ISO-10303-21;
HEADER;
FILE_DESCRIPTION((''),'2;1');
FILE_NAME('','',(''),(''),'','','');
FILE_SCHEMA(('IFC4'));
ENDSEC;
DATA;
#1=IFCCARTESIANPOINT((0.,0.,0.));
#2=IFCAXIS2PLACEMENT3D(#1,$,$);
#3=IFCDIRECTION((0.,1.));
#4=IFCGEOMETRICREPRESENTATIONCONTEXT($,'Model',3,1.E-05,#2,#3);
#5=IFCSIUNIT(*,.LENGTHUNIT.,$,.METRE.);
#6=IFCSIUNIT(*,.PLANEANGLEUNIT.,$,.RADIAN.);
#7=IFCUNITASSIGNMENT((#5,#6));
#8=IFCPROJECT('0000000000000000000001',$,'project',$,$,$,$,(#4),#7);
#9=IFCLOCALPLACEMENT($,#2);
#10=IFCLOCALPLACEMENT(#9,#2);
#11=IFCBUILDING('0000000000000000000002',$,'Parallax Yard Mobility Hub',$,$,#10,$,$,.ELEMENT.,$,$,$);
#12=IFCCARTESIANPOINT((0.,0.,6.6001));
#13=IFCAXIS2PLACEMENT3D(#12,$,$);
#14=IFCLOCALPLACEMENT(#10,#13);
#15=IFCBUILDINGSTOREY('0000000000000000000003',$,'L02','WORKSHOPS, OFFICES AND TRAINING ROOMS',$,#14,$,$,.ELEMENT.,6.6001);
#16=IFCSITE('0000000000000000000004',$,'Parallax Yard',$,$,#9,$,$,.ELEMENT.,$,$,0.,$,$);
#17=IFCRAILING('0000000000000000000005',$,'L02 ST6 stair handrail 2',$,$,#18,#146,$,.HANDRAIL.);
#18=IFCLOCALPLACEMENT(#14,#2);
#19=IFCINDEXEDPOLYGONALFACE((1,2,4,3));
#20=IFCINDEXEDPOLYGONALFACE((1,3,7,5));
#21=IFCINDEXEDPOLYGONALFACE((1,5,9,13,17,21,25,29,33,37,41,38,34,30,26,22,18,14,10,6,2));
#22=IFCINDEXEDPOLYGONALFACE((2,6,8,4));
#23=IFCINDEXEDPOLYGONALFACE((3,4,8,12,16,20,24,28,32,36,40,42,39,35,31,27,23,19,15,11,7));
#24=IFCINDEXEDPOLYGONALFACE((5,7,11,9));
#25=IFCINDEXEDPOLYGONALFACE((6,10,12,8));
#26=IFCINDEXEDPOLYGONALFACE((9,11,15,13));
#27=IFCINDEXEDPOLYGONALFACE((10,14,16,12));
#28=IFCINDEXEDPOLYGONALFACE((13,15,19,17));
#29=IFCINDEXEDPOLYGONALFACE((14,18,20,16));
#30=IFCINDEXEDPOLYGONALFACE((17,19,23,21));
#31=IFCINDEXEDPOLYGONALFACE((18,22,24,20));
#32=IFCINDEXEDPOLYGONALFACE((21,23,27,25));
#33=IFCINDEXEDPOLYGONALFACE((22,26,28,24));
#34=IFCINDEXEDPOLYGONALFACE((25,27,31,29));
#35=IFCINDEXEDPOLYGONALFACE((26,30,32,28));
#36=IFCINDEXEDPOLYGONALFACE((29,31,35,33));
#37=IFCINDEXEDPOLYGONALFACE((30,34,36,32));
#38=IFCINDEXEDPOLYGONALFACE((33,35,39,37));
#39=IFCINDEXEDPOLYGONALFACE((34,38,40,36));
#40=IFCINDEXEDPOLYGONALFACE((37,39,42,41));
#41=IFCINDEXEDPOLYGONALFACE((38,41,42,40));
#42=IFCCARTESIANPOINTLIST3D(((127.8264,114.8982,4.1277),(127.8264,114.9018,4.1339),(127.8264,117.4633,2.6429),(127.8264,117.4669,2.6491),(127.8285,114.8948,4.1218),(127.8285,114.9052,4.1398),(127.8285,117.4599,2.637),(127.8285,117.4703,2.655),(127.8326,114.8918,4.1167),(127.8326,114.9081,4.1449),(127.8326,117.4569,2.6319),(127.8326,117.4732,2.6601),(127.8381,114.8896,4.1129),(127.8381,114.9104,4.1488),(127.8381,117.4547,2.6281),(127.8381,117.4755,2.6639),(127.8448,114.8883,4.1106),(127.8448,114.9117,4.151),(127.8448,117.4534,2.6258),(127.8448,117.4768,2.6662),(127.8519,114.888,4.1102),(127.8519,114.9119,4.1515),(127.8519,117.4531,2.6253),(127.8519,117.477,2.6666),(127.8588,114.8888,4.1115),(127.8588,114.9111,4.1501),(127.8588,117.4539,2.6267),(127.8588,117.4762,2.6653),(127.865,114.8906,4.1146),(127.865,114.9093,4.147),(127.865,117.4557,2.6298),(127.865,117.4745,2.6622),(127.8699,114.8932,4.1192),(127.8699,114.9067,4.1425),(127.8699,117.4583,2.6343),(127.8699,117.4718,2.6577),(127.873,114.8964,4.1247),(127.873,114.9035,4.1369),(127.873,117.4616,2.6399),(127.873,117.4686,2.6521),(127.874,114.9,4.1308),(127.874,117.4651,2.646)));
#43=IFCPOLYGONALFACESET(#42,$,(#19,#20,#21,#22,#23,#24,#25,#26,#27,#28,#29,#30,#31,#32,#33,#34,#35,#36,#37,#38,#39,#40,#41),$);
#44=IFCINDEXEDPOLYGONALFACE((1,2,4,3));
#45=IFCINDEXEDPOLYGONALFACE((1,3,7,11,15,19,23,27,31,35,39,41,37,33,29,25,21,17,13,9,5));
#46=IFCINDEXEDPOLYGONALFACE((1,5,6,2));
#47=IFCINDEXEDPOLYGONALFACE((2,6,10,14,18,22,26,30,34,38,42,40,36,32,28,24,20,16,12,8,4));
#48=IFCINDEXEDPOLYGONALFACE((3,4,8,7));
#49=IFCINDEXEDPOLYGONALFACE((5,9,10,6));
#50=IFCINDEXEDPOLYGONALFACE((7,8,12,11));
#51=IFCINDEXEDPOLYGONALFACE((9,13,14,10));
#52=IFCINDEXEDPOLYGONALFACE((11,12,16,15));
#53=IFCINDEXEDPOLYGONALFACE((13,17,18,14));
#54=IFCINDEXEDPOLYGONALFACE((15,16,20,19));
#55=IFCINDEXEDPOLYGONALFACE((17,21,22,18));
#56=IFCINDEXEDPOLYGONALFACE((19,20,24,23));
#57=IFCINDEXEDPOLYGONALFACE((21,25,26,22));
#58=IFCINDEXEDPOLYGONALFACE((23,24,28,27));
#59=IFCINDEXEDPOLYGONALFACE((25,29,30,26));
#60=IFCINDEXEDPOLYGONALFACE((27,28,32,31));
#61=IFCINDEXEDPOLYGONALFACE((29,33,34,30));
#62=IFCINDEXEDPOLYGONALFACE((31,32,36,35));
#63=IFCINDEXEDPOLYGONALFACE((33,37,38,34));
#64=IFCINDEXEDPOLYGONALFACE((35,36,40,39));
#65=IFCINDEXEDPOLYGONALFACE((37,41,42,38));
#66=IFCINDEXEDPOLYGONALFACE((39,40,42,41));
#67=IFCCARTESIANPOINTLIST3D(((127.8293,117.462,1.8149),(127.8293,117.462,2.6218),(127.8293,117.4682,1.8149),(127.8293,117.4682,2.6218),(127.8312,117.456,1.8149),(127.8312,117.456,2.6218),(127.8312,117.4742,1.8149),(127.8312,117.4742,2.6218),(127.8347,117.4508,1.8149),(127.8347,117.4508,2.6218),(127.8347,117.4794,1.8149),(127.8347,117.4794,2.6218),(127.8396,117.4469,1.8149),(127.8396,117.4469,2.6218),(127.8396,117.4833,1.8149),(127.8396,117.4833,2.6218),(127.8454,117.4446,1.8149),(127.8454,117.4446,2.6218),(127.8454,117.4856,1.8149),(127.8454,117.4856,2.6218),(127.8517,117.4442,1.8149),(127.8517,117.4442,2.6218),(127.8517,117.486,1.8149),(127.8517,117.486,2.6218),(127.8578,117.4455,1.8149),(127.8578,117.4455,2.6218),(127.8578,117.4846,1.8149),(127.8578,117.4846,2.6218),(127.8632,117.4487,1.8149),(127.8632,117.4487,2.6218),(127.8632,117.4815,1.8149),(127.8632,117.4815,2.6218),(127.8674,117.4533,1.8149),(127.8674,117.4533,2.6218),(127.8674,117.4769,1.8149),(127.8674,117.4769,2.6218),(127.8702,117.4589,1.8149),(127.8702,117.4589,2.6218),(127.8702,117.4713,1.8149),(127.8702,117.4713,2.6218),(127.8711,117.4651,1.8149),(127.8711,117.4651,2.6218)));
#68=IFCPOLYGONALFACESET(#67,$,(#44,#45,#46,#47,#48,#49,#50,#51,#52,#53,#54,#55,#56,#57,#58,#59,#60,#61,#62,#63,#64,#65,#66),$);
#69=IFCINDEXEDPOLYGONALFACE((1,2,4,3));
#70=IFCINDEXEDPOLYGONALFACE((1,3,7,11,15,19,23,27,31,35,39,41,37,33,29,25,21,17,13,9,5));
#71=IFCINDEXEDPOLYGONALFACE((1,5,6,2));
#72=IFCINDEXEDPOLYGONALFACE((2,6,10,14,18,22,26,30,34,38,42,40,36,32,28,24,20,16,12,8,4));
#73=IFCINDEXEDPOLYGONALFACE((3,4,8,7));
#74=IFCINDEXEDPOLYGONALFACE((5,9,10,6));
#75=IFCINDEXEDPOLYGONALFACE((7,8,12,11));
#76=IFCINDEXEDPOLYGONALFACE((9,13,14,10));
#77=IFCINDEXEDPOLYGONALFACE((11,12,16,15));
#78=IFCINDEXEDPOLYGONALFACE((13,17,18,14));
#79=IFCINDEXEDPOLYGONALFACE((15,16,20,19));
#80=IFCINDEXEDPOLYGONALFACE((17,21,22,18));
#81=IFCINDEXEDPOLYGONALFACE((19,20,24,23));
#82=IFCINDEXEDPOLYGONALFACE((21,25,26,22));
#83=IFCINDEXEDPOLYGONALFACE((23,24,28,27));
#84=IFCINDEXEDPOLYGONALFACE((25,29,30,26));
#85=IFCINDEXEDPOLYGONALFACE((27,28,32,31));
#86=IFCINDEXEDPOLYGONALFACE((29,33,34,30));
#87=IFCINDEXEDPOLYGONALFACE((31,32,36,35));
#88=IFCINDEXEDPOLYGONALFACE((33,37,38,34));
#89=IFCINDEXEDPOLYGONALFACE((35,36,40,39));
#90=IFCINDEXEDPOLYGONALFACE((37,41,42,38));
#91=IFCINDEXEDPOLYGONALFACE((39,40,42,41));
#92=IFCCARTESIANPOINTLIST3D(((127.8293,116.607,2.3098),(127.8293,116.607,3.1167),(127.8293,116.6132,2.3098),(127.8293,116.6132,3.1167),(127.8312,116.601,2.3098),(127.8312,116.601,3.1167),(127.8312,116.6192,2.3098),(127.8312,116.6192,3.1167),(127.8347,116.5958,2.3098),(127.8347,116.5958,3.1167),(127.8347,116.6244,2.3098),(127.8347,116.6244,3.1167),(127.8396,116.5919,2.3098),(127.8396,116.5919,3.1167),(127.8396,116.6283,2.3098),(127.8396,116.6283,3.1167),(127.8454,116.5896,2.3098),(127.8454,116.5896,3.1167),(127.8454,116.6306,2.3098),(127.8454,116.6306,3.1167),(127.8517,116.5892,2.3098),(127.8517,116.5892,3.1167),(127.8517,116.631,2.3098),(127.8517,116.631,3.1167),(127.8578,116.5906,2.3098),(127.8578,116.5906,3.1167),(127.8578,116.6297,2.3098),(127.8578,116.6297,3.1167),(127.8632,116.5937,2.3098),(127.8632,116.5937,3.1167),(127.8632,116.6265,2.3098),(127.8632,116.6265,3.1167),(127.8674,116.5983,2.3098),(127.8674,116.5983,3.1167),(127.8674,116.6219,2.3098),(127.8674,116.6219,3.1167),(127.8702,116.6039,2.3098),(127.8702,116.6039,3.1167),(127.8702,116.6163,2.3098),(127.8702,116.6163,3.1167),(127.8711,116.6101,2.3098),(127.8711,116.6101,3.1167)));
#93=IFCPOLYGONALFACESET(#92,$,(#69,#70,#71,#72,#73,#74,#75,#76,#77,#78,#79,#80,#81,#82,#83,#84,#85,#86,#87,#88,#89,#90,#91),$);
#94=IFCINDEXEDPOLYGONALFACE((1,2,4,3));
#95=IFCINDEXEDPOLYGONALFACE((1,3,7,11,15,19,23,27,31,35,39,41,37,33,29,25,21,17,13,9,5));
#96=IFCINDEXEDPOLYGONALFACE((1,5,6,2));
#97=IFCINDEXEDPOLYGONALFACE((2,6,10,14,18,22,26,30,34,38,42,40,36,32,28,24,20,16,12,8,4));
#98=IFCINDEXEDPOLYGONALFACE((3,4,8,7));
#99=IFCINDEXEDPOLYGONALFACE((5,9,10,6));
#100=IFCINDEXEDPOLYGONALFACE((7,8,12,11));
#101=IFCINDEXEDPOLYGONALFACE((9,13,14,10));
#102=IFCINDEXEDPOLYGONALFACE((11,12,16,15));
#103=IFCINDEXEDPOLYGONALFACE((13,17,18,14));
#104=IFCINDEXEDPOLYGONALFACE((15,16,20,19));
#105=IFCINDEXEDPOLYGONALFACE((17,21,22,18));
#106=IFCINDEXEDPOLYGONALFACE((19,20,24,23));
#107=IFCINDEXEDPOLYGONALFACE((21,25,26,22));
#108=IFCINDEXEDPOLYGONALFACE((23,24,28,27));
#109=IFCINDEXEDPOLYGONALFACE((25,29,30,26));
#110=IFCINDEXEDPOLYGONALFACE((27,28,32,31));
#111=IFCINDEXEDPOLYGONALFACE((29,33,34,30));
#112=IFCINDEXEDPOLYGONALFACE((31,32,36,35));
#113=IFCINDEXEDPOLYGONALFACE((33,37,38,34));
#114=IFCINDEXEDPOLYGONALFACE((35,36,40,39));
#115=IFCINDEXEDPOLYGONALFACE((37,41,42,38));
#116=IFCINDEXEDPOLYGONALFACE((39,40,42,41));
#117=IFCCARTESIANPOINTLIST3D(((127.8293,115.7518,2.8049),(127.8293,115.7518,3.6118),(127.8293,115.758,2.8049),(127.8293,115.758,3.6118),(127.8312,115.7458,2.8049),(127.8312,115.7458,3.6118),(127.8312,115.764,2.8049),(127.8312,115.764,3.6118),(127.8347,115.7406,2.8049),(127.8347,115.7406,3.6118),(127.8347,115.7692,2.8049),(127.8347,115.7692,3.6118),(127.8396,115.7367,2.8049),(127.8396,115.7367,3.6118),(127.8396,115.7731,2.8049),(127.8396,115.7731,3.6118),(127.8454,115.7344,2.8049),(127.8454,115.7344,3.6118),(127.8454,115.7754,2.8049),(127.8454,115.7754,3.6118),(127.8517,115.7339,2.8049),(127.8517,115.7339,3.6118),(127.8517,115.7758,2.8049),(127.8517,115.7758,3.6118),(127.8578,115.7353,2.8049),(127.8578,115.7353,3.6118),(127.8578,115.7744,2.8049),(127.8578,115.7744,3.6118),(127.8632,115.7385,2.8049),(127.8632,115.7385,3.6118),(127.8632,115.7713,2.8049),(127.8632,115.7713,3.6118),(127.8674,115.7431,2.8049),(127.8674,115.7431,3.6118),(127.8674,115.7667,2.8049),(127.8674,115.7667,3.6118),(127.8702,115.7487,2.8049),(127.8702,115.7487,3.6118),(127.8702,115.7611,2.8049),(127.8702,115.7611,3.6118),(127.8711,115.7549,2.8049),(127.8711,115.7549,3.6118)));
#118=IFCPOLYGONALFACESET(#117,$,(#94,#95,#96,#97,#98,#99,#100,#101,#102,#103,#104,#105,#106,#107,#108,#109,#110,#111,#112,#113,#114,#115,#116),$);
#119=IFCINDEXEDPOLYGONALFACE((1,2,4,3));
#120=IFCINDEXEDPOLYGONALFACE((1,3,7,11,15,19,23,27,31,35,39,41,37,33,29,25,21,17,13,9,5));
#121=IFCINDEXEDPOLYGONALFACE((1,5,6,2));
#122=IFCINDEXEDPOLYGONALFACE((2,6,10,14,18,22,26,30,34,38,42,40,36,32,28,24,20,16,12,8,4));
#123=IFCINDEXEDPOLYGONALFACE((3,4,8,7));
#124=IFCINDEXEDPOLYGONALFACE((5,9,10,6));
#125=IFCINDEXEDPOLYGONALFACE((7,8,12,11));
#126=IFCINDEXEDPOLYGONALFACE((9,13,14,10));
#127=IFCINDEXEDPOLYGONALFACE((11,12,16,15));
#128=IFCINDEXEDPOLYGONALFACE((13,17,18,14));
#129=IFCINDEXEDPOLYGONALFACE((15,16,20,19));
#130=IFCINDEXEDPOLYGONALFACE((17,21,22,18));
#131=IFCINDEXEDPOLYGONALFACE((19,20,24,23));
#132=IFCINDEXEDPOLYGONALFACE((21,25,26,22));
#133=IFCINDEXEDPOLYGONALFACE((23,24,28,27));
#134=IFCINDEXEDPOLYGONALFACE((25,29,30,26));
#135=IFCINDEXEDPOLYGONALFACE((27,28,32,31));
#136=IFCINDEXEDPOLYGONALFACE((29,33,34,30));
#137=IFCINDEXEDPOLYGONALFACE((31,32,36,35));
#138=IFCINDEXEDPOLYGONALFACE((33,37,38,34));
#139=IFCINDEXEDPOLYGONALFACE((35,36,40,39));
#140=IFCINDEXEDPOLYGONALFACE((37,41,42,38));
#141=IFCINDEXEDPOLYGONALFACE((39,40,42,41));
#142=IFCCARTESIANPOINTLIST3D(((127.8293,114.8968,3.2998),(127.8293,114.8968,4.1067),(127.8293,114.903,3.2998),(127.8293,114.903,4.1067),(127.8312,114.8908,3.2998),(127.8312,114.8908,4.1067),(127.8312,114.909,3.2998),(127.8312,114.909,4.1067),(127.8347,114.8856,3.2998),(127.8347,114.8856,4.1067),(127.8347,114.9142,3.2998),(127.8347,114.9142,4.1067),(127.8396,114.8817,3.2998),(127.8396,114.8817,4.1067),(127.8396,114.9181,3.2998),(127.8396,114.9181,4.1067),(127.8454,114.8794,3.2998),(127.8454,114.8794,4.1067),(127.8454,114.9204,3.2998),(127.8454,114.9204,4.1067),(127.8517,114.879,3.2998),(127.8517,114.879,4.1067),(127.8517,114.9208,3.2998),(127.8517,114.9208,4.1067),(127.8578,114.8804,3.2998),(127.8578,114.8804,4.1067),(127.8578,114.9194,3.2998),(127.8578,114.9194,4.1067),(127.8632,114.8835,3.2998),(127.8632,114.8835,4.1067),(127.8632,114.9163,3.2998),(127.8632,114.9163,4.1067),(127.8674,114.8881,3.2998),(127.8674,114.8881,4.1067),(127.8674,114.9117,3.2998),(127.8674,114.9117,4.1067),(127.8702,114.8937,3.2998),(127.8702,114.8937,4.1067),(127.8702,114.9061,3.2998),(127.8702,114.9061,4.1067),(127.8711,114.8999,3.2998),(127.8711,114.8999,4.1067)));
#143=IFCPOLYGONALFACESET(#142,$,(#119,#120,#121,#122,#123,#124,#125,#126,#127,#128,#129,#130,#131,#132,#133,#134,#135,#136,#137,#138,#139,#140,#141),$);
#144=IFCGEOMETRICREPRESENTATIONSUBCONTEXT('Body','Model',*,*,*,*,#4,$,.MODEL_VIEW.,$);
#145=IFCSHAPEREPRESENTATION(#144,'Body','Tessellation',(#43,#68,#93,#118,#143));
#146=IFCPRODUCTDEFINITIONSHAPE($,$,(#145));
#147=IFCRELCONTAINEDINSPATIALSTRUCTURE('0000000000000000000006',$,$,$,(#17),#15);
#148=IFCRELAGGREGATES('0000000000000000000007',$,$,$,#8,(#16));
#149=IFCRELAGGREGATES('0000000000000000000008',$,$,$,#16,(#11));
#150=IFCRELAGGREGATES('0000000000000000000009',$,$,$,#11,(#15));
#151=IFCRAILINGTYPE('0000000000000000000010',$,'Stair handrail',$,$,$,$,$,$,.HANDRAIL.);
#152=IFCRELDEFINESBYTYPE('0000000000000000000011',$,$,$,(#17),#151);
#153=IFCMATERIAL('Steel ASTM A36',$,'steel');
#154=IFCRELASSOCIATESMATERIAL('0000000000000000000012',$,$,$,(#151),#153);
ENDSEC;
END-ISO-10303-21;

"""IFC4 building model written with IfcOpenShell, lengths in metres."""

from ifc_helpers import new_model, si_unit, direction, frame, origin, origin_2d, place, context, subcontext, project, spatial, circle, extrude, material, type_object, element, save


model = new_model("IFC4")

# Units and contexts
model_context = context("Model", 3, precision=1e-05, world=origin(), true_north=direction((0.0, 1.0)))
body_context = subcontext(model_context, "Body", "Model", "MODEL_VIEW")
ifc_project = project(units=[si_unit("LENGTHUNIT", "METRE"), si_unit("PLANEANGLEUNIT", "RADIAN")], contexts=[model_context])

# Site, building, storey
site_placement = place(None, origin())
site = spatial("IfcSite", under=ifc_project, at=site_placement, Name="Parallax Yard", CompositionType="ELEMENT", RefElevation=0.0)
building_placement = place(site_placement, origin())
building = spatial("IfcBuilding", under=site, at=building_placement, Name="Parallax Yard Mobility Hub", CompositionType="ELEMENT")
storey_placement = place(building_placement, frame((0.0, 0.0, 6.6001)))
storey = spatial("IfcBuildingStorey", under=building, at=storey_placement, Name="L02", Description="WORKSHOPS, OFFICES AND TRAINING ROOMS", CompositionType="ELEMENT", Elevation=6.6001)

# Railing
ifc_material_1 = material(Name="Steel ASTM A36", Category="steel")
railing_type_1 = type_object("IfcRailingType", Name="Stair handrail", PredefinedType="HANDRAIL", material=ifc_material_1)
railing_1_placement = place(storey_placement, frame((127.8501, 117.4651, 1.8149)))
element("IfcRailing", 1, at=railing_1_placement, inside=storey, type_object=railing_type_1, Name="L02 ST6 stair handrail 2", PredefinedType="HANDRAIL", context=body_context, shape_type="SweptSolid", body=[
    extrude(circle(Radius=0.0239, at=origin_2d()), frame((0.0, 0.0, 0.8311), z_axis=(0.0, -0.865462, 0.500975), x_axis=(1.0, 0.0, 0.0)), (0.0, 0.0, 1.0), 2.9639),
    extrude(circle(Radius=0.021, at=origin_2d()), origin(), (0.0, 0.0, 1.0), 0.8069),
    extrude(circle(Radius=0.021, at=origin_2d()), frame((0.0, -0.855, 0.4949)), (0.0, 0.0, 1.0), 0.8069),
    extrude(circle(Radius=0.021, at=origin_2d()), frame((0.0, -1.7102, 0.99)), (0.0, 0.0, 1.0), 0.8069),
    extrude(circle(Radius=0.021, at=origin_2d()), frame((0.0, -2.5652, 1.4849)), (0.0, 0.0, 1.0), 0.8069),
])

save(model, "model.ifc")
